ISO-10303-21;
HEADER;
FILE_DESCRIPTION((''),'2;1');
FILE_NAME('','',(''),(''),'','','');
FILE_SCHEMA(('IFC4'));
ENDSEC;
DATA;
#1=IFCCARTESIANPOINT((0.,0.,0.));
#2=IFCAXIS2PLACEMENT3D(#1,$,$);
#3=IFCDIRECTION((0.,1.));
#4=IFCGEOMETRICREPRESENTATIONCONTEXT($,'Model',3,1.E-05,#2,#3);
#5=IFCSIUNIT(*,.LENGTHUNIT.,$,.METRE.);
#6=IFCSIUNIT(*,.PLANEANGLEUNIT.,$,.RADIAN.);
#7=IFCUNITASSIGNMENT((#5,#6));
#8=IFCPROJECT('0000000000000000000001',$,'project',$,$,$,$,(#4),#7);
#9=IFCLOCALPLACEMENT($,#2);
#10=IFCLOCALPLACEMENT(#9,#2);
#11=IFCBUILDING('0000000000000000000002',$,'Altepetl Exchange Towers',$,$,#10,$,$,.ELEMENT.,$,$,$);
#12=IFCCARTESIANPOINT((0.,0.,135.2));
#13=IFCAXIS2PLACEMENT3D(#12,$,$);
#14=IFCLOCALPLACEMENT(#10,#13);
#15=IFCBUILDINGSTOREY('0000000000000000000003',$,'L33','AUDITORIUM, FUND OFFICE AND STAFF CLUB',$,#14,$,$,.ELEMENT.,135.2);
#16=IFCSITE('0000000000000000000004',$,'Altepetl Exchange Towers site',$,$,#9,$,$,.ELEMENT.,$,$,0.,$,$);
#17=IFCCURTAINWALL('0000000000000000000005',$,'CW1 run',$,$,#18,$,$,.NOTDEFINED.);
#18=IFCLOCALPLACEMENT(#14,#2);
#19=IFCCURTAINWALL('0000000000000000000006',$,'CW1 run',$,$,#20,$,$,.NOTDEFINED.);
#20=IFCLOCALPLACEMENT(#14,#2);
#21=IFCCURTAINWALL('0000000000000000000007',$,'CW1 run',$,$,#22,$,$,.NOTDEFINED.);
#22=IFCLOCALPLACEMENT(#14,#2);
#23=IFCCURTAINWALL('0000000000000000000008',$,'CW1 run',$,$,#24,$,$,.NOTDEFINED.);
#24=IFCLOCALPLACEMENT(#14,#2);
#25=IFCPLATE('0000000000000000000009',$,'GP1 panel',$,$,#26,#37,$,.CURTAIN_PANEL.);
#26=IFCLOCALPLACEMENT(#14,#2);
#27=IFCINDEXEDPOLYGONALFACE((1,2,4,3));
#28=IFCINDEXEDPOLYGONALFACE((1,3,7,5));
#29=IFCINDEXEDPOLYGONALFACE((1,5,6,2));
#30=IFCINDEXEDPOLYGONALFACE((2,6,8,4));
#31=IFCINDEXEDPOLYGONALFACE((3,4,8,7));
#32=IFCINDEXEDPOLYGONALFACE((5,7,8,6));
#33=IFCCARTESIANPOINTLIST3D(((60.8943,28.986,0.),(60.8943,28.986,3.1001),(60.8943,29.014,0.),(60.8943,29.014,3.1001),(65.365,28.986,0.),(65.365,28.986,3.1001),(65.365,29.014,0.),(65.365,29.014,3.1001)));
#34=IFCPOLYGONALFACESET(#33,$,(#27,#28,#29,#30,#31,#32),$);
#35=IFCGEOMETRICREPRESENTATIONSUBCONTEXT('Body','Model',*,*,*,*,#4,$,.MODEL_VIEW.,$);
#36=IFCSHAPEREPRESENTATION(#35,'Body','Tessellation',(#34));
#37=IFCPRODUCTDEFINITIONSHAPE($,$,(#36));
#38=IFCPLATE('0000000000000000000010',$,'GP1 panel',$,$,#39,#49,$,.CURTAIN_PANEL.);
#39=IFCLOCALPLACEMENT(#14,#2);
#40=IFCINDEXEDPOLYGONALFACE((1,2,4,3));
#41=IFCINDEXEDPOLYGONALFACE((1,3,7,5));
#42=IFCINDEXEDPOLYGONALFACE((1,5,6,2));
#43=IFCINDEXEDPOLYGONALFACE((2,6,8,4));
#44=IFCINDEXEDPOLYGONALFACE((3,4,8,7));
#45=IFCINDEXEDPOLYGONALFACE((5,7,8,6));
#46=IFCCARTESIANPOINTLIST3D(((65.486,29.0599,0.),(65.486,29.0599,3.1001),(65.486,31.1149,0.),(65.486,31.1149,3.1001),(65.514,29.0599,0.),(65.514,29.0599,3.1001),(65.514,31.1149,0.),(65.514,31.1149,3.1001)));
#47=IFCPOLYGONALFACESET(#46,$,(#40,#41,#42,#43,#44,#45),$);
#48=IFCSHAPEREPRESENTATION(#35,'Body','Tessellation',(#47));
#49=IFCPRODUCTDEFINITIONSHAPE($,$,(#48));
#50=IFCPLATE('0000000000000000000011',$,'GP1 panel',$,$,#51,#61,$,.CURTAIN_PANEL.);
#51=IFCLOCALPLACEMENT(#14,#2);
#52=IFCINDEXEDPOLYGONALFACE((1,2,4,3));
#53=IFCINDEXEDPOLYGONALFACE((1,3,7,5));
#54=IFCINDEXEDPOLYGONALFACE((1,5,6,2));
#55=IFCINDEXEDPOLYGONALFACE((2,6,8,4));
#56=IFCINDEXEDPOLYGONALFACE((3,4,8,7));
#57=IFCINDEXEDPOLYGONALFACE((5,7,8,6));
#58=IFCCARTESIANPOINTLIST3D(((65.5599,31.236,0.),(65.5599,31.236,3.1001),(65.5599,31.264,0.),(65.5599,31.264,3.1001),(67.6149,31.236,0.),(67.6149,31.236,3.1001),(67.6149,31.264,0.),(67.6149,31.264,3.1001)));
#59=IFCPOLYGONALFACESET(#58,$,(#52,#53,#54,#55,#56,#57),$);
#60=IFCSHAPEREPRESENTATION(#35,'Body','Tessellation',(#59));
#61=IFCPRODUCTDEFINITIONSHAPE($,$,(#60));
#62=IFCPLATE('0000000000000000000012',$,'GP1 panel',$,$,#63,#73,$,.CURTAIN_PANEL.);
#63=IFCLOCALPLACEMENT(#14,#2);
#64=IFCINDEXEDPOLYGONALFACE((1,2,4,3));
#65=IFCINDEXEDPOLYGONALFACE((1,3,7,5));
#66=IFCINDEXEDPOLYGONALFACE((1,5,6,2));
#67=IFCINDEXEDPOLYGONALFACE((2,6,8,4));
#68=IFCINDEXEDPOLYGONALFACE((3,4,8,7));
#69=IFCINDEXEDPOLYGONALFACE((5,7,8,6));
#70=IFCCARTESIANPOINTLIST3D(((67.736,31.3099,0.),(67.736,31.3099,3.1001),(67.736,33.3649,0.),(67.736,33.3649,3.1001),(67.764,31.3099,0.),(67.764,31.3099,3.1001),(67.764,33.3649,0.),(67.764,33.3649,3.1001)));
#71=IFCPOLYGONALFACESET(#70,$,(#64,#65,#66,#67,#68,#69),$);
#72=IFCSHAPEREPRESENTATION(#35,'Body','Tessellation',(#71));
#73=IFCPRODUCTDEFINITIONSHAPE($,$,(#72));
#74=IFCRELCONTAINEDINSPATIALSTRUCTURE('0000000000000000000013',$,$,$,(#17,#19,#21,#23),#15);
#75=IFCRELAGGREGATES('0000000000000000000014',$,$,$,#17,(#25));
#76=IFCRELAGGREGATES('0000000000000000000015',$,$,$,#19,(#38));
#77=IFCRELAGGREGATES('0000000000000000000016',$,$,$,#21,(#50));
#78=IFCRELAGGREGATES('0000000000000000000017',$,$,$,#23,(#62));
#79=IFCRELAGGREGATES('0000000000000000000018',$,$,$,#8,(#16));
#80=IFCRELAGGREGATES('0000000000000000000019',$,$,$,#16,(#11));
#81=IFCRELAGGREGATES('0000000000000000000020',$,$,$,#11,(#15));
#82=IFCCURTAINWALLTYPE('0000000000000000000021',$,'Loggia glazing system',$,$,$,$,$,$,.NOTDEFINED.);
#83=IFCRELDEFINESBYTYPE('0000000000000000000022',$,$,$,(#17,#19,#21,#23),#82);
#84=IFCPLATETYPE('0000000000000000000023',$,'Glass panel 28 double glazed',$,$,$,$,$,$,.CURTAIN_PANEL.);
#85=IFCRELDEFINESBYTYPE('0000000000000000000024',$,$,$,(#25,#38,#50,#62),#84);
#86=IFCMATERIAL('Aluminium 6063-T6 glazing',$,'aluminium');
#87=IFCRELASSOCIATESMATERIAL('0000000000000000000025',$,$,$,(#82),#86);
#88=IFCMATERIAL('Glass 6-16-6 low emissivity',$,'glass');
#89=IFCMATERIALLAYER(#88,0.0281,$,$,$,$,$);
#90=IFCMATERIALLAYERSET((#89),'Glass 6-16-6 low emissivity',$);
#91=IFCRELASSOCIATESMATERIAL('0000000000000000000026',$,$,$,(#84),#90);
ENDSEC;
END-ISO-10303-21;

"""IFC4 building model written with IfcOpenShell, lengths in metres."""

from ifc_helpers import new_model, si_unit, direction, frame, origin, origin_2d, place, context, subcontext, project, spatial, rectangle, extrude, material, layer, layer_set, type_object, element, aggregate, save


model = new_model("IFC4")

# Units and contexts
model_context = context("Model", 3, precision=1e-05, world=origin(), true_north=direction((0.0, 1.0)))
body_context = subcontext(model_context, "Body", "Model", "MODEL_VIEW")
ifc_project = project(units=[si_unit("LENGTHUNIT", "METRE"), si_unit("PLANEANGLEUNIT", "RADIAN")], contexts=[model_context])

# Site, building, storey
site_placement = place(None, origin())
site = spatial("IfcSite", under=ifc_project, at=site_placement, Name="Altepetl Exchange Towers site", CompositionType="ELEMENT", RefElevation=0.0)
building_placement = place(site_placement, origin())
building = spatial("IfcBuilding", under=site, at=building_placement, Name="Altepetl Exchange Towers", CompositionType="ELEMENT")
storey_placement = place(building_placement, frame((0.0, 0.0, 135.2)))
storey = spatial("IfcBuildingStorey", under=building, at=storey_placement, Name="L33", Description="AUDITORIUM, FUND OFFICE AND STAFF CLUB", CompositionType="ELEMENT", Elevation=135.2)

# Curtain wall
ifc_material_1 = material(Name="Aluminium 6063-T6 glazing", Category="aluminium")
curtain_wall_type = type_object("IfcCurtainWallType", Name="Loggia glazing system", PredefinedType="NOTDEFINED", material=ifc_material_1)
curtain_wall_1_placement = place(storey_placement, origin())
curtain_wall_1 = element("IfcCurtainWall", 1, at=curtain_wall_1_placement, inside=storey, type_object=curtain_wall_type, Name="CW1 run", PredefinedType="NOTDEFINED")

# Curtain walls
curtain_wall_2_placement = place(storey_placement, origin())
curtain_wall_2 = element("IfcCurtainWall", 2, at=curtain_wall_2_placement, inside=storey, type_object=curtain_wall_type, Name="CW1 run", PredefinedType="NOTDEFINED")
curtain_wall_3_placement = place(storey_placement, origin())
curtain_wall_3 = element("IfcCurtainWall", 3, at=curtain_wall_3_placement, inside=storey, type_object=curtain_wall_type, Name="CW1 run", PredefinedType="NOTDEFINED")
curtain_wall_4_placement = place(storey_placement, origin())
curtain_wall_4 = element("IfcCurtainWall", 4, at=curtain_wall_4_placement, inside=storey, type_object=curtain_wall_type, Name="CW1 run", PredefinedType="NOTDEFINED")

# Plates
ifc_material_2 = material(Name="Glass 6-16-6 low emissivity", Category="glass")
ifc_layer = layer(ifc_material_2, 0.0281)
ifc_layer_set = layer_set([ifc_layer], Name="Glass 6-16-6 low emissivity")
plate_type = type_object("IfcPlateType", Name="Glass panel 28 double glazed", PredefinedType="CURTAIN_PANEL", material=ifc_layer_set)
plate_1_placement = place(storey_placement, frame((63.1296, 29.0, 0.0)))
plate_1 = element("IfcPlate", 5, at=plate_1_placement, type_object=plate_type, Name="GP1 panel", PredefinedType="CURTAIN_PANEL", context=body_context, shape_type="SweptSolid", body=[
    extrude(rectangle(XDim=4.4707, YDim=0.0281, at=origin_2d()), origin(), (0.0, 0.0, 1.0), 3.1001),
])
aggregate(curtain_wall_1, [plate_1])
plate_2_placement = place(storey_placement, frame((65.5, 30.0874, 0.0), z_axis=(0.0, 0.0, 1.0), x_axis=(0.0, 1.0, 0.0)))
plate_2 = element("IfcPlate", 6, at=plate_2_placement, type_object=plate_type, Name="GP1 panel", PredefinedType="CURTAIN_PANEL", context=body_context, shape_type="SweptSolid", body=[
    extrude(rectangle(XDim=2.0549, YDim=0.0281, at=origin_2d()), origin(), (0.0, 0.0, 1.0), 3.1001),
])
aggregate(curtain_wall_2, [plate_2])
plate_3_placement = place(storey_placement, frame((66.5874, 31.25, 0.0)))
plate_3 = element("IfcPlate", 7, at=plate_3_placement, type_object=plate_type, Name="GP1 panel", PredefinedType="CURTAIN_PANEL", context=body_context, shape_type="SweptSolid", body=[
    extrude(rectangle(XDim=2.0549, YDim=0.0281, at=origin_2d()), origin(), (0.0, 0.0, 1.0), 3.1001),
])
aggregate(curtain_wall_3, [plate_3])
plate_4_placement = place(storey_placement, frame((67.75, 32.3374, 0.0), z_axis=(0.0, 0.0, 1.0), x_axis=(0.0, 1.0, 0.0)))
plate_4 = element("IfcPlate", 8, at=plate_4_placement, type_object=plate_type, Name="GP1 panel", PredefinedType="CURTAIN_PANEL", context=body_context, shape_type="SweptSolid", body=[
    extrude(rectangle(XDim=2.0549, YDim=0.0281, at=origin_2d()), origin(), (0.0, 0.0, 1.0), 3.1001),
])
aggregate(curtain_wall_4, [plate_4])

save(model, "model.ifc")
